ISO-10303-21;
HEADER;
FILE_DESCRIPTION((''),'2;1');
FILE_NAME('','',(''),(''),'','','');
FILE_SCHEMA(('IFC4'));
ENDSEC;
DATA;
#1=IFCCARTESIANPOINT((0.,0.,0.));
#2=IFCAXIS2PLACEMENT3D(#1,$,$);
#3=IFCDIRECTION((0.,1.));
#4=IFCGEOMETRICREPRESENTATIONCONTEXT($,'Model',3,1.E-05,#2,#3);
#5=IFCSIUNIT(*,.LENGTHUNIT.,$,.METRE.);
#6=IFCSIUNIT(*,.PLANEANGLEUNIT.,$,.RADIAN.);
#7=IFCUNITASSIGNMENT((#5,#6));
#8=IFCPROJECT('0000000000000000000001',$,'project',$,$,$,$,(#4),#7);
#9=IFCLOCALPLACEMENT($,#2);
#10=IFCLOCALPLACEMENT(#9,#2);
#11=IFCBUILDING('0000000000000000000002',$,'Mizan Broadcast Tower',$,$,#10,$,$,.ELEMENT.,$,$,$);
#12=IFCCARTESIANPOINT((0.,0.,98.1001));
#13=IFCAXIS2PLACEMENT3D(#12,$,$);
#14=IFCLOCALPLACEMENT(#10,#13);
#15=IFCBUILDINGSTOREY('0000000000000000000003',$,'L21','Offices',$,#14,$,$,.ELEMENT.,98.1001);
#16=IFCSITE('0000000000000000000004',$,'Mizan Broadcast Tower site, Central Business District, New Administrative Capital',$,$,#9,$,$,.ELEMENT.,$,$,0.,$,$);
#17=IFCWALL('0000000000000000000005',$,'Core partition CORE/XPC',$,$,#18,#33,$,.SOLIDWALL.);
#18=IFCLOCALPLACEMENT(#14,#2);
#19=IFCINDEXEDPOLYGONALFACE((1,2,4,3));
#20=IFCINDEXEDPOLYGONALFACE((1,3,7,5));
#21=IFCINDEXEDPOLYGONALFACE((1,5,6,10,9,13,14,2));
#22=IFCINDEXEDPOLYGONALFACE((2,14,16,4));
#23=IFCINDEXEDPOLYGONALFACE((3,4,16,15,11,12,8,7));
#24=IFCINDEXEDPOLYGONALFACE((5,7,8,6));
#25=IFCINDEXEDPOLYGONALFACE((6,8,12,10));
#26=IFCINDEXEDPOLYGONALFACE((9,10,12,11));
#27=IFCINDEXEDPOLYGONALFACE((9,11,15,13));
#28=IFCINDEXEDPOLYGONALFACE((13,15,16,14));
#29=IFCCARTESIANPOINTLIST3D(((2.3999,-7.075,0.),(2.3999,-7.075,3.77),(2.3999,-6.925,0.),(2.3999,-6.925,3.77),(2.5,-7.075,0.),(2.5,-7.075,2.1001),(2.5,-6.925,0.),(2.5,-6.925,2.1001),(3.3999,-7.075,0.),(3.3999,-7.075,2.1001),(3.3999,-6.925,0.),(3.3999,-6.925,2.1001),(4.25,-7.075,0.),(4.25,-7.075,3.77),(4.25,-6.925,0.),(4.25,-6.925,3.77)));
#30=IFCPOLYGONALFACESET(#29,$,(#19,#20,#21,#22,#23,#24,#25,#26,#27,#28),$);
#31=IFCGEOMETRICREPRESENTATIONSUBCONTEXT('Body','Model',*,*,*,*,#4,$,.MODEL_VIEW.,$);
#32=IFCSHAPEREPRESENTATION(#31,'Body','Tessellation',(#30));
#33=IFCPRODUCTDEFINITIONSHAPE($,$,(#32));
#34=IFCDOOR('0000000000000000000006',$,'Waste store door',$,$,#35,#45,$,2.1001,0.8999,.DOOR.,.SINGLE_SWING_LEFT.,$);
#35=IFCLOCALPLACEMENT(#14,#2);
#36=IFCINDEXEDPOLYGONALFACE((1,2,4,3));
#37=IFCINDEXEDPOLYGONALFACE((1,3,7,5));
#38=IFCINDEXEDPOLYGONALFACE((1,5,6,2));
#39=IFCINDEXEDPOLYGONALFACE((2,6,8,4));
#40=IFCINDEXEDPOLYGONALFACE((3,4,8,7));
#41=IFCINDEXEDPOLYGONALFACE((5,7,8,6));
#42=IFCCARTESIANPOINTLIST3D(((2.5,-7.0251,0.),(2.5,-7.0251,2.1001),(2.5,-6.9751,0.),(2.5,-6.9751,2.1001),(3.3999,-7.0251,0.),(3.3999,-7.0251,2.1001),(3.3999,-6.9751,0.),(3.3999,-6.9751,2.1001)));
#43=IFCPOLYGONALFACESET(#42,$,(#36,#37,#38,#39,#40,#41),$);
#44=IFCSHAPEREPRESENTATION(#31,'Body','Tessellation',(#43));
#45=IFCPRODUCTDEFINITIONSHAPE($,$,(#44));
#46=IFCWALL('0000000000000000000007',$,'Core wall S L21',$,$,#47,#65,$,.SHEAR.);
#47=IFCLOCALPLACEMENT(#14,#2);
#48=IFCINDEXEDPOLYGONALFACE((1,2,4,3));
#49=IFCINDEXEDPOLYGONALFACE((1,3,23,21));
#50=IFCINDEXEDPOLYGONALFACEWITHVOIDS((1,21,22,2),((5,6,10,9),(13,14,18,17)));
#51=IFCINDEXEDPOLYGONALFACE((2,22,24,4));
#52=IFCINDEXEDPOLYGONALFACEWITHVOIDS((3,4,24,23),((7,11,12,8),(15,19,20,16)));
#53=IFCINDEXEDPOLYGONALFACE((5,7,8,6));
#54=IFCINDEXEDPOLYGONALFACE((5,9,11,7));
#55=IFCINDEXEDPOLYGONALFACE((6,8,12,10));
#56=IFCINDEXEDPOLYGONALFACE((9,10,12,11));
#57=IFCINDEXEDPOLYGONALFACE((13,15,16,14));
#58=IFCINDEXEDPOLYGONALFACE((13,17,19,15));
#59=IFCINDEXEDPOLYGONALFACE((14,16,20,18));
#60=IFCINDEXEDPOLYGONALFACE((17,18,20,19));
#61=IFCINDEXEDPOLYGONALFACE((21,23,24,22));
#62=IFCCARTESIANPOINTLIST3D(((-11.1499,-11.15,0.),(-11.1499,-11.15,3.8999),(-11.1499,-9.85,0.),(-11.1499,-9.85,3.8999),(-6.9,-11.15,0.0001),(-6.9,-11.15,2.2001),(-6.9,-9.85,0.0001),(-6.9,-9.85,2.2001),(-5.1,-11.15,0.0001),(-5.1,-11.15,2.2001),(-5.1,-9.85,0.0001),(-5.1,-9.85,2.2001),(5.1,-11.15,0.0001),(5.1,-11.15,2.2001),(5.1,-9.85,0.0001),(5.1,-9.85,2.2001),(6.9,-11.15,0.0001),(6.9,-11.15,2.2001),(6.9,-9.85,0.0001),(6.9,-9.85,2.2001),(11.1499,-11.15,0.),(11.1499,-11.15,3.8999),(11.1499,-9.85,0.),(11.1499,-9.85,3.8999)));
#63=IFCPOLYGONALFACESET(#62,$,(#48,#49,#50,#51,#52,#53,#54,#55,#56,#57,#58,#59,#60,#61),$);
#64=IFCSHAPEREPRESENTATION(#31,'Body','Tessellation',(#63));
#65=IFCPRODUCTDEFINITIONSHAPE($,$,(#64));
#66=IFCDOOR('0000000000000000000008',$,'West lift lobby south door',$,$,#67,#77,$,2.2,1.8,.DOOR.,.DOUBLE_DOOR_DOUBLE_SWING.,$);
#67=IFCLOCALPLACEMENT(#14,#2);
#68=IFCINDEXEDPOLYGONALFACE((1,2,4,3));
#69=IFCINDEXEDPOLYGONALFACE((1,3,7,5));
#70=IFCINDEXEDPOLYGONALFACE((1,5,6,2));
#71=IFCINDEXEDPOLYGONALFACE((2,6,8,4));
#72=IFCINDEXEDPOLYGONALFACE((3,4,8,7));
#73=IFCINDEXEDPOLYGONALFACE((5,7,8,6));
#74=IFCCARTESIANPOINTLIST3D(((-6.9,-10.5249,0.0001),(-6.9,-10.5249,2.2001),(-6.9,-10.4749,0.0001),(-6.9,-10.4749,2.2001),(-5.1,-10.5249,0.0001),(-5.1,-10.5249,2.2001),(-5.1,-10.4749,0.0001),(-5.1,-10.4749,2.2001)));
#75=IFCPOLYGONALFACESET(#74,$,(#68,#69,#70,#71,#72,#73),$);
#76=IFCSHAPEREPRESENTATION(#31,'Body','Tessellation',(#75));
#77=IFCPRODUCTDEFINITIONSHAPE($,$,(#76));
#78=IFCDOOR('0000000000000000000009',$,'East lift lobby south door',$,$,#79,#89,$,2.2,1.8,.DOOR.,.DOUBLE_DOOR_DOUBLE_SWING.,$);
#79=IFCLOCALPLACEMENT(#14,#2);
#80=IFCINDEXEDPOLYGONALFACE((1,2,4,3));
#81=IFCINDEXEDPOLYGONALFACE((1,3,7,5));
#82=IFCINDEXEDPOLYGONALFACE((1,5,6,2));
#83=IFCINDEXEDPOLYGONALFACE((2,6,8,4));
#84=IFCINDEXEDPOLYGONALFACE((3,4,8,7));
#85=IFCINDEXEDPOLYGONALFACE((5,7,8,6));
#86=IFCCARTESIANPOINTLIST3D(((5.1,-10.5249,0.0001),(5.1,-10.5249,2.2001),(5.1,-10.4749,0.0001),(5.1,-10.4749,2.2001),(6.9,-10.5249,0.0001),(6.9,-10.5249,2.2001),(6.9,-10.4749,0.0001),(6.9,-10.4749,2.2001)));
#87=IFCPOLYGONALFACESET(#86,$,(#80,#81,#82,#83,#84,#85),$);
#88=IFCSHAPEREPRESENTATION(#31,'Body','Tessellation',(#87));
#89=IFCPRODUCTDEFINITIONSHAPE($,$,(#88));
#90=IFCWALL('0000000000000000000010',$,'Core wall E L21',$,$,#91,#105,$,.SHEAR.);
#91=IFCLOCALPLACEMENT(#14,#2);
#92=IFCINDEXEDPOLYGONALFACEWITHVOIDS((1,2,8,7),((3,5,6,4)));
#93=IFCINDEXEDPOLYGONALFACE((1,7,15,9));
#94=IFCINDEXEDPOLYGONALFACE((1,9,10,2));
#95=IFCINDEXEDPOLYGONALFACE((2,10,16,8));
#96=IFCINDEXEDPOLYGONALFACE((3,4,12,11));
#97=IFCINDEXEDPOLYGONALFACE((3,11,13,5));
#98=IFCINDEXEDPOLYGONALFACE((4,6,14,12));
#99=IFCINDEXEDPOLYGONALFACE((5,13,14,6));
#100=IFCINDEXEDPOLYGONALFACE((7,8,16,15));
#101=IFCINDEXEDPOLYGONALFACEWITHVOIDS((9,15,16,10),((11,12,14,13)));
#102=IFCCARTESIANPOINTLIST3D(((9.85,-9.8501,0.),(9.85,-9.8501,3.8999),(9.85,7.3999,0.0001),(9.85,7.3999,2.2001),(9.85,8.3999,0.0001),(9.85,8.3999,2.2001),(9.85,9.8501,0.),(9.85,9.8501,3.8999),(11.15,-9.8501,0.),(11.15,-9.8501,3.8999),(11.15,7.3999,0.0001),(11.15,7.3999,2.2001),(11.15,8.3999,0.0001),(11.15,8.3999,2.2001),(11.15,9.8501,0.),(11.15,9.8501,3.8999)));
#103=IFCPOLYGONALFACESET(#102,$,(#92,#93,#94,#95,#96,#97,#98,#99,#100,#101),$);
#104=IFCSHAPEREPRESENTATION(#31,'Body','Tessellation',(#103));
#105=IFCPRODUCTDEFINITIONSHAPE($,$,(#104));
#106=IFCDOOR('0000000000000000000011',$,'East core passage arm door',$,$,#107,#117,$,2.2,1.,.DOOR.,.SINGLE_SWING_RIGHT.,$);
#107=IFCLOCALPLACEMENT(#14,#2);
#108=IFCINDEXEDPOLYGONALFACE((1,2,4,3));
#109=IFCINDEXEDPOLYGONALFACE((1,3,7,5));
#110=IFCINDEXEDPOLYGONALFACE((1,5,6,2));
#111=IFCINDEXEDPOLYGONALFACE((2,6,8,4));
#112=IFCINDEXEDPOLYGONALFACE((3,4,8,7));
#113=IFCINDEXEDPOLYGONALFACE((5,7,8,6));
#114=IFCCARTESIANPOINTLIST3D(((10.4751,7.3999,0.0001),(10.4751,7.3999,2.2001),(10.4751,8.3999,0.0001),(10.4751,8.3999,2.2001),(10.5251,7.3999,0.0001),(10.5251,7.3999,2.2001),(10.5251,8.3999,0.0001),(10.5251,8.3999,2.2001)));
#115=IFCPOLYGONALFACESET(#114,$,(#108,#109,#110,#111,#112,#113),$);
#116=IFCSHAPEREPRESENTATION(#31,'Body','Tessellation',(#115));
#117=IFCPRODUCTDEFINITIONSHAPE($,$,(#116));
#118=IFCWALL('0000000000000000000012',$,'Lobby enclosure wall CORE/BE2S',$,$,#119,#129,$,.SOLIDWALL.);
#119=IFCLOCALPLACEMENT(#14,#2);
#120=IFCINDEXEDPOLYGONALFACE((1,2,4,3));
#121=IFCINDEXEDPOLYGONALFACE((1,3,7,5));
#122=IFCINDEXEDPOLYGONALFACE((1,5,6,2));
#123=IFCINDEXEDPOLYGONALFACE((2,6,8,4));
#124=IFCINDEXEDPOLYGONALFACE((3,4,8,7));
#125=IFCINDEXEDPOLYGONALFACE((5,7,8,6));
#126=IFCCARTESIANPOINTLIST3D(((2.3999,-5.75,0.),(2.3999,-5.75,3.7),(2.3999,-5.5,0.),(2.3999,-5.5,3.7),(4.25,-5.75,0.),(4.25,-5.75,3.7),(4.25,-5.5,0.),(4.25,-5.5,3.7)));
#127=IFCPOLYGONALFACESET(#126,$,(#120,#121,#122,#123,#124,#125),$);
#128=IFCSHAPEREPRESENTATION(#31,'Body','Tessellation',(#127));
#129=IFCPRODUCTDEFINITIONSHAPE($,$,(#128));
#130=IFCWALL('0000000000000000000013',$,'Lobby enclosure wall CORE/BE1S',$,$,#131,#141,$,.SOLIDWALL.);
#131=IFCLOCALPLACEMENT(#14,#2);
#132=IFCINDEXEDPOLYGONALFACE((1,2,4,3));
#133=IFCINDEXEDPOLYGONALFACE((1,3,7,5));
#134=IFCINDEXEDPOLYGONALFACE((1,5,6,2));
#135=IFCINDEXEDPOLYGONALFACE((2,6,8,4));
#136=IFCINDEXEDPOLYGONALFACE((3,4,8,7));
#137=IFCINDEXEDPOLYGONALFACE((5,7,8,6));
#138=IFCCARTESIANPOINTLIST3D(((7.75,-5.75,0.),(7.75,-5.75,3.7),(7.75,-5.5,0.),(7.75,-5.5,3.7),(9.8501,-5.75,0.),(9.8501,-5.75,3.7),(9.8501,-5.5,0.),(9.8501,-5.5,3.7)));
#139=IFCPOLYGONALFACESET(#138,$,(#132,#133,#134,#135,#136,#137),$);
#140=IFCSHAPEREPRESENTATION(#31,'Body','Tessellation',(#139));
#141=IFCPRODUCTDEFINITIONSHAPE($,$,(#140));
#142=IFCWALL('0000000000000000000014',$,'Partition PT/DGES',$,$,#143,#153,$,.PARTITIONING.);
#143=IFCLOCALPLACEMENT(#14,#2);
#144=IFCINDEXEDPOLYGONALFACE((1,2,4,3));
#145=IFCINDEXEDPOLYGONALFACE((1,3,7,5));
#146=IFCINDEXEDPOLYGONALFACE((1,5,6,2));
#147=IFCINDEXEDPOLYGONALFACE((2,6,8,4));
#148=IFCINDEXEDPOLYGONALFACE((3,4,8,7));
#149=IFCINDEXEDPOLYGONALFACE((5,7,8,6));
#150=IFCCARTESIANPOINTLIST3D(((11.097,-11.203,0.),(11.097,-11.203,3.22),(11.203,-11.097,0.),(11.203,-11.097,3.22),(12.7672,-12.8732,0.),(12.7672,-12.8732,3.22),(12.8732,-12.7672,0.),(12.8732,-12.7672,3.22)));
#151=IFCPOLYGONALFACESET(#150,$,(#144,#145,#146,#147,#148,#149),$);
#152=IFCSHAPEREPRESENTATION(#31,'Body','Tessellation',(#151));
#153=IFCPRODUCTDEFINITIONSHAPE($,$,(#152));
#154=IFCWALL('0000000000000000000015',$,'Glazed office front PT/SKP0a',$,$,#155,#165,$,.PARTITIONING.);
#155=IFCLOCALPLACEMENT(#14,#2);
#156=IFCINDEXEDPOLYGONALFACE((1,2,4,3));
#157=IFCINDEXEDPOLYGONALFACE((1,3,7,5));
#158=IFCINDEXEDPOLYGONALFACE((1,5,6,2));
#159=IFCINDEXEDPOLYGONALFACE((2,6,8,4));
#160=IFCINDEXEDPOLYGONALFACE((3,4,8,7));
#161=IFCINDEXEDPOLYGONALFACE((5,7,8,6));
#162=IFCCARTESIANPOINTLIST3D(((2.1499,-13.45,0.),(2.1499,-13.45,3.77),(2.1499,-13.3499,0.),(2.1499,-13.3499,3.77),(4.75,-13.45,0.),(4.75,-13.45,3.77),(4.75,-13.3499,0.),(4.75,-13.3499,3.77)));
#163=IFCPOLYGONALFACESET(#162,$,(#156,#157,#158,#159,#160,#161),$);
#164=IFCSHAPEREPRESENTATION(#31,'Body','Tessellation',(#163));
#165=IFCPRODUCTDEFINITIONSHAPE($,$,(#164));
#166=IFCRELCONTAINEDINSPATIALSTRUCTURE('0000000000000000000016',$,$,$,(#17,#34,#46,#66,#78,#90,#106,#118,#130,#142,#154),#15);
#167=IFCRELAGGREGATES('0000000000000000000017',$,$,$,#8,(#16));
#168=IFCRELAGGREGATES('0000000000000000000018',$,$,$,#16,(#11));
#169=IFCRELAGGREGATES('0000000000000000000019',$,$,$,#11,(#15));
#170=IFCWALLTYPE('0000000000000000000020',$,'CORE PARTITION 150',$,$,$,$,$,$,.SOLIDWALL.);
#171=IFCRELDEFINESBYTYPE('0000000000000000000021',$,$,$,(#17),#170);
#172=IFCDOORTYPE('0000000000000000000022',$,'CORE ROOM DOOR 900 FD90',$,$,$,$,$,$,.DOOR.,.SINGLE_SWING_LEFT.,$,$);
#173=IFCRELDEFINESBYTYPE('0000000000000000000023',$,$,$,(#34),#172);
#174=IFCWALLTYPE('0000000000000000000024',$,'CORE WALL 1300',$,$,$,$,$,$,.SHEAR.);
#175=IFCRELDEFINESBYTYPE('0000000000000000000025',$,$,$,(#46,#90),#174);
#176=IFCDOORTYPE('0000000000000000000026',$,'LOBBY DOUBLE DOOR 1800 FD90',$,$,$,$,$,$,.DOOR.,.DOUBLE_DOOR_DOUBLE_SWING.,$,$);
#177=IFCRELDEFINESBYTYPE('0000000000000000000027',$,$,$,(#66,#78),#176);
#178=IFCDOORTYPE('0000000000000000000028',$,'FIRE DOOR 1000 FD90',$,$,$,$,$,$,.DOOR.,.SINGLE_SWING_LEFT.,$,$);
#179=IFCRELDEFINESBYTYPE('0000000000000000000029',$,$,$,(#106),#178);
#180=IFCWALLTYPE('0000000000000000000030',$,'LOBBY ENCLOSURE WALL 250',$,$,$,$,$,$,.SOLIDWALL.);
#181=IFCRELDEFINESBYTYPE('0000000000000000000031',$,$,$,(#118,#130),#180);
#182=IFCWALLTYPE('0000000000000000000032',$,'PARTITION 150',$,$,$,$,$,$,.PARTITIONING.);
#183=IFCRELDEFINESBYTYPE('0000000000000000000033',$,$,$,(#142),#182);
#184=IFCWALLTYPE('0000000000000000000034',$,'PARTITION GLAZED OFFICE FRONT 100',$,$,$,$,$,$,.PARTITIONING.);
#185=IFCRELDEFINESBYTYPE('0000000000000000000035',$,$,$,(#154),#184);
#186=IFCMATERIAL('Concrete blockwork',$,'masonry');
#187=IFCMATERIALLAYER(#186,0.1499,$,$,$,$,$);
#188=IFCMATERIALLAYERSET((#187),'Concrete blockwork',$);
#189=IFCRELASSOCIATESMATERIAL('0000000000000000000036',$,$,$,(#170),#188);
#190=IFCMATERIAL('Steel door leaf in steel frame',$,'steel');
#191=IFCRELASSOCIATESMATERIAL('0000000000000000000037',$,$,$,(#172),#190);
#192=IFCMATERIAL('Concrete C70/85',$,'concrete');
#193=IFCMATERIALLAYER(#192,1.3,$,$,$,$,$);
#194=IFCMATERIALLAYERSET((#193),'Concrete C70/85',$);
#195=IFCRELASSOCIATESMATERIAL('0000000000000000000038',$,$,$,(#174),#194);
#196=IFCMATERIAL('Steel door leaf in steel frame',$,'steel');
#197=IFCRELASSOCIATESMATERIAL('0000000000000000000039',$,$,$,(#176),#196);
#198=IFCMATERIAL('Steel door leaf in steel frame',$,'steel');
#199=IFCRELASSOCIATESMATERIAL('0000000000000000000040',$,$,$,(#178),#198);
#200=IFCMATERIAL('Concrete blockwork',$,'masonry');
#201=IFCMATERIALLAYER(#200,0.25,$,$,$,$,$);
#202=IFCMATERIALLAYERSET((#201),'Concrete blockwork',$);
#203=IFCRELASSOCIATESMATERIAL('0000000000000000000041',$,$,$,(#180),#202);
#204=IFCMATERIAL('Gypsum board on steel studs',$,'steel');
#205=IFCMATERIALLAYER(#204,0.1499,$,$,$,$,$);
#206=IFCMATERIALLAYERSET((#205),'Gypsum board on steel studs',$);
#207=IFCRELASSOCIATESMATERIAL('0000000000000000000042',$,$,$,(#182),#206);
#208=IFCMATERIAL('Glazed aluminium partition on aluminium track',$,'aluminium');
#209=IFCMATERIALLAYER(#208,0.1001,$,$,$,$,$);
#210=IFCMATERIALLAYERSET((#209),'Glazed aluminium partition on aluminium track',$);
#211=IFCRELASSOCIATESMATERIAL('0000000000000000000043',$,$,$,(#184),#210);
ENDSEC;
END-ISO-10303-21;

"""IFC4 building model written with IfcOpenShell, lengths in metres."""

from ifc_helpers import new_model, si_unit, direction, frame, frame_2d, origin, place, context, subcontext, project, spatial, rectangle, extrude, material, layer, layer_set, type_object, element, fill, save


model = new_model("IFC4")

# Units and contexts
model_context = context("Model", 3, precision=1e-05, world=origin(), true_north=direction((0.0, 1.0)))
body_context = subcontext(model_context, "Body", "Model", "MODEL_VIEW")
ifc_project = project(units=[si_unit("LENGTHUNIT", "METRE"), si_unit("PLANEANGLEUNIT", "RADIAN")], contexts=[model_context])

# Site, building, storey
site_placement = place(None, origin())
site = spatial("IfcSite", under=ifc_project, at=site_placement, Name="Mizan Broadcast Tower site, Central Business District, New Administrative Capital", CompositionType="ELEMENT", RefElevation=0.0)
building_placement = place(site_placement, origin())
building = spatial("IfcBuilding", under=site, at=building_placement, Name="Mizan Broadcast Tower", CompositionType="ELEMENT")
storey_placement = place(building_placement, frame((0.0, 0.0, 98.1001)))
storey = spatial("IfcBuildingStorey", under=building, at=storey_placement, Name="L21", Description="Offices", CompositionType="ELEMENT", Elevation=98.1001)

# Wall, opening, door
ifc_material_1 = material(Name="Concrete blockwork", Category="masonry")
ifc_layer_1 = layer(ifc_material_1, 0.1499)
ifc_layer_set_1 = layer_set([ifc_layer_1], Name="Concrete blockwork")
wall_type_1 = type_object("IfcWallType", Name="CORE PARTITION 150", PredefinedType="SOLIDWALL", material=ifc_layer_set_1)
wall_1_placement = place(storey_placement, frame((2.3999, -7.0, 0.0), z_axis=(0.0, 0.0, 1.0), x_axis=(1.0, 0.0, 0.0)))
wall_1 = element("IfcWall", 1, at=wall_1_placement, inside=storey, type_object=wall_type_1, Name="Core partition CORE/XPC", PredefinedType="SOLIDWALL", context=body_context, shape_type="SweptSolid", body=[
    extrude(rectangle(XDim=1.8501, YDim=0.1499, at=frame_2d((0.925, 0.0))), origin(), (0.0, 0.0, 1.0), 3.77),
])
opening_1_placement = place(wall_1_placement, frame((0.1001, 0.0, 0.0)))
opening_1 = element("IfcOpeningElement", 2, at=opening_1_placement, cuts=wall_1, PredefinedType="OPENING", context=body_context, shape_type="SweptSolid", body=[
    extrude(rectangle(XDim=0.8999, YDim=2.1001, at=frame_2d((0.45, 1.05))), frame((0.0, 0.085, 0.0), z_axis=(0.0, -1.0, 0.0), x_axis=(1.0, 0.0, 0.0)), (0.0, 0.0, 1.0), 0.1699),
])
ifc_material_2 = material(Name="Steel door leaf in steel frame", Category="steel")
door_type_1 = type_object("IfcDoorType", Name="CORE ROOM DOOR 900 FD90", OperationType="SINGLE_SWING_LEFT", PredefinedType="DOOR", material=ifc_material_2)
door_1_placement = place(opening_1_placement, origin())
door_1 = element("IfcDoor", 3, at=door_1_placement, inside=storey, type_object=door_type_1, Name="Waste store door", OperationType="SINGLE_SWING_LEFT", OverallHeight=2.1001, OverallWidth=0.8999, PredefinedType="DOOR", context=body_context, shape_type="SweptSolid", body=[
    extrude(rectangle(XDim=0.8999, YDim=2.1001, at=frame_2d((0.45, 1.05))), frame((0.0, 0.0249, 0.0), z_axis=(0.0, -1.0, 0.0), x_axis=(1.0, 0.0, 0.0)), (0.0, 0.0, 1.0), 0.05),
])
fill(opening_1, door_1)

# Wall, openings, doors
ifc_material_3 = material(Name="Concrete C70/85", Category="concrete")
ifc_layer_2 = layer(ifc_material_3, 1.3)
ifc_layer_set_2 = layer_set([ifc_layer_2], Name="Concrete C70/85")
wall_type_2 = type_object("IfcWallType", Name="CORE WALL 1300", PredefinedType="SHEAR", material=ifc_layer_set_2)
wall_2_placement = place(storey_placement, frame((11.1499, -10.5, 0.0), z_axis=(0.0, 0.0, 1.0), x_axis=(-1.0, 0.0, 0.0)))
wall_2 = element("IfcWall", 4, at=wall_2_placement, inside=storey, type_object=wall_type_2, Name="Core wall S L21", PredefinedType="SHEAR", context=body_context, shape_type="SweptSolid", body=[
    extrude(rectangle(XDim=22.2998, YDim=1.3, at=frame_2d((11.1499, 0.0))), origin(), (0.0, 0.0, 1.0), 3.8999),
])
opening_2_placement = place(wall_2_placement, frame((16.25, 0.0, 0.0)))
opening_2 = element("IfcOpeningElement", 5, at=opening_2_placement, cuts=wall_2, PredefinedType="OPENING", context=body_context, shape_type="SweptSolid", body=[
    extrude(rectangle(XDim=1.8, YDim=2.2, at=frame_2d((0.8999, 1.1001))), frame((0.0, 0.6599, 0.0), z_axis=(0.0, -1.0, 0.0), x_axis=(1.0, 0.0, 0.0)), (0.0, 0.0, 1.0), 1.3201),
])
opening_3_placement = place(wall_2_placement, frame((4.25, 0.0, 0.0)))
opening_3 = element("IfcOpeningElement", 6, at=opening_3_placement, cuts=wall_2, PredefinedType="OPENING", context=body_context, shape_type="SweptSolid", body=[
    extrude(rectangle(XDim=1.8, YDim=2.2, at=frame_2d((0.8999, 1.1001))), frame((0.0, 0.6599, 0.0), z_axis=(0.0, -1.0, 0.0), x_axis=(1.0, 0.0, 0.0)), (0.0, 0.0, 1.0), 1.3201),
])
ifc_material_4 = material(Name="Steel door leaf in steel frame", Category="steel")
door_type_2 = type_object("IfcDoorType", Name="LOBBY DOUBLE DOOR 1800 FD90", OperationType="DOUBLE_DOOR_DOUBLE_SWING", PredefinedType="DOOR", material=ifc_material_4)
door_2_placement = place(opening_2_placement, origin())
door_2 = element("IfcDoor", 7, at=door_2_placement, inside=storey, type_object=door_type_2, Name="West lift lobby south door", OperationType="DOUBLE_DOOR_DOUBLE_SWING", OverallHeight=2.2, OverallWidth=1.8, PredefinedType="DOOR", context=body_context, shape_type="SweptSolid", body=[
    extrude(rectangle(XDim=1.8, YDim=2.2, at=frame_2d((0.8999, 1.1001))), frame((0.0, 0.0249, 0.0), z_axis=(0.0, -1.0, 0.0), x_axis=(1.0, 0.0, 0.0)), (0.0, 0.0, 1.0), 0.05),
])
fill(opening_2, door_2)
door_3_placement = place(opening_3_placement, origin())
door_3 = element("IfcDoor", 8, at=door_3_placement, inside=storey, type_object=door_type_2, Name="East lift lobby south door", OperationType="DOUBLE_DOOR_DOUBLE_SWING", OverallHeight=2.2, OverallWidth=1.8, PredefinedType="DOOR", context=body_context, shape_type="SweptSolid", body=[
    extrude(rectangle(XDim=1.8, YDim=2.2, at=frame_2d((0.8999, 1.1001))), frame((0.0, 0.0249, 0.0), z_axis=(0.0, -1.0, 0.0), x_axis=(1.0, 0.0, 0.0)), (0.0, 0.0, 1.0), 0.05),
])
fill(opening_3, door_3)

# Wall, opening, door
wall_3_placement = place(storey_placement, frame((10.5, -9.8501, 0.0), z_axis=(0.0, 0.0, 1.0), x_axis=(0.0, 1.0, 0.0)))
wall_3 = element("IfcWall", 9, at=wall_3_placement, inside=storey, type_object=wall_type_2, Name="Core wall E L21", PredefinedType="SHEAR", context=body_context, shape_type="SweptSolid", body=[
    extrude(rectangle(XDim=19.7002, YDim=1.3, at=frame_2d((9.8501, 0.0))), origin(), (0.0, 0.0, 1.0), 3.8999),
])
opening_4_placement = place(wall_3_placement, frame((17.25, 0.0, 0.0)))
opening_4 = element("IfcOpeningElement", 10, at=opening_4_placement, cuts=wall_3, PredefinedType="OPENING", context=body_context, shape_type="SweptSolid", body=[
    extrude(rectangle(XDim=1.0, YDim=2.2, at=frame_2d((0.5, 1.1001))), frame((0.0, 0.6599, 0.0), z_axis=(0.0, -1.0, 0.0), x_axis=(1.0, 0.0, 0.0)), (0.0, 0.0, 1.0), 1.3201),
])
ifc_material_5 = material(Name="Steel door leaf in steel frame", Category="steel")
door_type_3 = type_object("IfcDoorType", Name="FIRE DOOR 1000 FD90", OperationType="SINGLE_SWING_LEFT", PredefinedType="DOOR", material=ifc_material_5)
door_4_placement = place(opening_4_placement, origin())
door_4 = element("IfcDoor", 11, at=door_4_placement, inside=storey, type_object=door_type_3, Name="East core passage arm door", OperationType="SINGLE_SWING_RIGHT", OverallHeight=2.2, OverallWidth=1.0, PredefinedType="DOOR", context=body_context, shape_type="SweptSolid", body=[
    extrude(rectangle(XDim=1.0, YDim=2.2, at=frame_2d((0.5, 1.1001))), frame((0.0, 0.0249, 0.0), z_axis=(0.0, -1.0, 0.0), x_axis=(1.0, 0.0, 0.0)), (0.0, 0.0, 1.0), 0.05),
])
fill(opening_4, door_4)

# Walls
ifc_material_6 = material(Name="Concrete blockwork", Category="masonry")
ifc_layer_3 = layer(ifc_material_6, 0.25)
ifc_layer_set_3 = layer_set([ifc_layer_3], Name="Concrete blockwork")
wall_type_3 = type_object("IfcWallType", Name="LOBBY ENCLOSURE WALL 250", PredefinedType="SOLIDWALL", material=ifc_layer_set_3)
wall_4_placement = place(storey_placement, frame((2.3999, -5.625, 0.0), z_axis=(0.0, 0.0, 1.0), x_axis=(1.0, 0.0, 0.0)))
element("IfcWall", 12, at=wall_4_placement, inside=storey, type_object=wall_type_3, Name="Lobby enclosure wall CORE/BE2S", PredefinedType="SOLIDWALL", context=body_context, shape_type="SweptSolid", body=[
    extrude(rectangle(XDim=1.8501, YDim=0.25, at=frame_2d((0.925, 0.0))), origin(), (0.0, 0.0, 1.0), 3.7),
])
wall_5_placement = place(storey_placement, frame((7.75, -5.625, 0.0), z_axis=(0.0, 0.0, 1.0), x_axis=(1.0, 0.0, 0.0)))
element("IfcWall", 13, at=wall_5_placement, inside=storey, type_object=wall_type_3, Name="Lobby enclosure wall CORE/BE1S", PredefinedType="SOLIDWALL", context=body_context, shape_type="SweptSolid", body=[
    extrude(rectangle(XDim=2.1001, YDim=0.25, at=frame_2d((1.05, 0.0))), origin(), (0.0, 0.0, 1.0), 3.7),
])
ifc_material_7 = material(Name="Gypsum board on steel studs", Category="steel")
ifc_layer_4 = layer(ifc_material_7, 0.1499)
ifc_layer_set_4 = layer_set([ifc_layer_4], Name="Gypsum board on steel studs")
wall_type_4 = type_object("IfcWallType", Name="PARTITION 150", PredefinedType="PARTITIONING", material=ifc_layer_set_4)
wall_6_placement = place(storey_placement, frame((11.1499, -11.1499, 0.0), z_axis=(0.0, 0.0, 1.0), x_axis=(0.707107, -0.707107, 0.0)))
element("IfcWall", 14, at=wall_6_placement, inside=storey, type_object=wall_type_4, Name="Partition PT/DGES", PredefinedType="PARTITIONING", context=body_context, shape_type="SweptSolid", body=[
    extrude(rectangle(XDim=2.3621, YDim=0.1499, at=frame_2d((1.1812, 0.0))), origin(), (0.0, 0.0, 1.0), 3.22),
])
ifc_material_8 = material(Name="Glazed aluminium partition on aluminium track", Category="aluminium")
ifc_layer_5 = layer(ifc_material_8, 0.1001)
ifc_layer_set_5 = layer_set([ifc_layer_5], Name="Glazed aluminium partition on aluminium track")
wall_type_5 = type_object("IfcWallType", Name="PARTITION GLAZED OFFICE FRONT 100", PredefinedType="PARTITIONING", material=ifc_layer_set_5)
for number, where, z_axis, x_axis, name in (
    (15, (2.1499, -13.3999, 0.0), (0.0, 0.0, 1.0), (1.0, 0.0, 0.0), "Glazed office front PT/SKP0a"),
):
    element("IfcWall", number, at=place(storey_placement, frame(where, z_axis=z_axis, x_axis=x_axis)), inside=storey, type_object=wall_type_5, Name=name, PredefinedType="PARTITIONING", context=body_context, shape_type="SweptSolid", body=[
        extrude(rectangle(XDim=2.6001, YDim=0.1001, at=frame_2d((1.3, 0.0))), origin(), (0.0, 0.0, 1.0), 3.77),
    ])

save(model, "model.ifc")
